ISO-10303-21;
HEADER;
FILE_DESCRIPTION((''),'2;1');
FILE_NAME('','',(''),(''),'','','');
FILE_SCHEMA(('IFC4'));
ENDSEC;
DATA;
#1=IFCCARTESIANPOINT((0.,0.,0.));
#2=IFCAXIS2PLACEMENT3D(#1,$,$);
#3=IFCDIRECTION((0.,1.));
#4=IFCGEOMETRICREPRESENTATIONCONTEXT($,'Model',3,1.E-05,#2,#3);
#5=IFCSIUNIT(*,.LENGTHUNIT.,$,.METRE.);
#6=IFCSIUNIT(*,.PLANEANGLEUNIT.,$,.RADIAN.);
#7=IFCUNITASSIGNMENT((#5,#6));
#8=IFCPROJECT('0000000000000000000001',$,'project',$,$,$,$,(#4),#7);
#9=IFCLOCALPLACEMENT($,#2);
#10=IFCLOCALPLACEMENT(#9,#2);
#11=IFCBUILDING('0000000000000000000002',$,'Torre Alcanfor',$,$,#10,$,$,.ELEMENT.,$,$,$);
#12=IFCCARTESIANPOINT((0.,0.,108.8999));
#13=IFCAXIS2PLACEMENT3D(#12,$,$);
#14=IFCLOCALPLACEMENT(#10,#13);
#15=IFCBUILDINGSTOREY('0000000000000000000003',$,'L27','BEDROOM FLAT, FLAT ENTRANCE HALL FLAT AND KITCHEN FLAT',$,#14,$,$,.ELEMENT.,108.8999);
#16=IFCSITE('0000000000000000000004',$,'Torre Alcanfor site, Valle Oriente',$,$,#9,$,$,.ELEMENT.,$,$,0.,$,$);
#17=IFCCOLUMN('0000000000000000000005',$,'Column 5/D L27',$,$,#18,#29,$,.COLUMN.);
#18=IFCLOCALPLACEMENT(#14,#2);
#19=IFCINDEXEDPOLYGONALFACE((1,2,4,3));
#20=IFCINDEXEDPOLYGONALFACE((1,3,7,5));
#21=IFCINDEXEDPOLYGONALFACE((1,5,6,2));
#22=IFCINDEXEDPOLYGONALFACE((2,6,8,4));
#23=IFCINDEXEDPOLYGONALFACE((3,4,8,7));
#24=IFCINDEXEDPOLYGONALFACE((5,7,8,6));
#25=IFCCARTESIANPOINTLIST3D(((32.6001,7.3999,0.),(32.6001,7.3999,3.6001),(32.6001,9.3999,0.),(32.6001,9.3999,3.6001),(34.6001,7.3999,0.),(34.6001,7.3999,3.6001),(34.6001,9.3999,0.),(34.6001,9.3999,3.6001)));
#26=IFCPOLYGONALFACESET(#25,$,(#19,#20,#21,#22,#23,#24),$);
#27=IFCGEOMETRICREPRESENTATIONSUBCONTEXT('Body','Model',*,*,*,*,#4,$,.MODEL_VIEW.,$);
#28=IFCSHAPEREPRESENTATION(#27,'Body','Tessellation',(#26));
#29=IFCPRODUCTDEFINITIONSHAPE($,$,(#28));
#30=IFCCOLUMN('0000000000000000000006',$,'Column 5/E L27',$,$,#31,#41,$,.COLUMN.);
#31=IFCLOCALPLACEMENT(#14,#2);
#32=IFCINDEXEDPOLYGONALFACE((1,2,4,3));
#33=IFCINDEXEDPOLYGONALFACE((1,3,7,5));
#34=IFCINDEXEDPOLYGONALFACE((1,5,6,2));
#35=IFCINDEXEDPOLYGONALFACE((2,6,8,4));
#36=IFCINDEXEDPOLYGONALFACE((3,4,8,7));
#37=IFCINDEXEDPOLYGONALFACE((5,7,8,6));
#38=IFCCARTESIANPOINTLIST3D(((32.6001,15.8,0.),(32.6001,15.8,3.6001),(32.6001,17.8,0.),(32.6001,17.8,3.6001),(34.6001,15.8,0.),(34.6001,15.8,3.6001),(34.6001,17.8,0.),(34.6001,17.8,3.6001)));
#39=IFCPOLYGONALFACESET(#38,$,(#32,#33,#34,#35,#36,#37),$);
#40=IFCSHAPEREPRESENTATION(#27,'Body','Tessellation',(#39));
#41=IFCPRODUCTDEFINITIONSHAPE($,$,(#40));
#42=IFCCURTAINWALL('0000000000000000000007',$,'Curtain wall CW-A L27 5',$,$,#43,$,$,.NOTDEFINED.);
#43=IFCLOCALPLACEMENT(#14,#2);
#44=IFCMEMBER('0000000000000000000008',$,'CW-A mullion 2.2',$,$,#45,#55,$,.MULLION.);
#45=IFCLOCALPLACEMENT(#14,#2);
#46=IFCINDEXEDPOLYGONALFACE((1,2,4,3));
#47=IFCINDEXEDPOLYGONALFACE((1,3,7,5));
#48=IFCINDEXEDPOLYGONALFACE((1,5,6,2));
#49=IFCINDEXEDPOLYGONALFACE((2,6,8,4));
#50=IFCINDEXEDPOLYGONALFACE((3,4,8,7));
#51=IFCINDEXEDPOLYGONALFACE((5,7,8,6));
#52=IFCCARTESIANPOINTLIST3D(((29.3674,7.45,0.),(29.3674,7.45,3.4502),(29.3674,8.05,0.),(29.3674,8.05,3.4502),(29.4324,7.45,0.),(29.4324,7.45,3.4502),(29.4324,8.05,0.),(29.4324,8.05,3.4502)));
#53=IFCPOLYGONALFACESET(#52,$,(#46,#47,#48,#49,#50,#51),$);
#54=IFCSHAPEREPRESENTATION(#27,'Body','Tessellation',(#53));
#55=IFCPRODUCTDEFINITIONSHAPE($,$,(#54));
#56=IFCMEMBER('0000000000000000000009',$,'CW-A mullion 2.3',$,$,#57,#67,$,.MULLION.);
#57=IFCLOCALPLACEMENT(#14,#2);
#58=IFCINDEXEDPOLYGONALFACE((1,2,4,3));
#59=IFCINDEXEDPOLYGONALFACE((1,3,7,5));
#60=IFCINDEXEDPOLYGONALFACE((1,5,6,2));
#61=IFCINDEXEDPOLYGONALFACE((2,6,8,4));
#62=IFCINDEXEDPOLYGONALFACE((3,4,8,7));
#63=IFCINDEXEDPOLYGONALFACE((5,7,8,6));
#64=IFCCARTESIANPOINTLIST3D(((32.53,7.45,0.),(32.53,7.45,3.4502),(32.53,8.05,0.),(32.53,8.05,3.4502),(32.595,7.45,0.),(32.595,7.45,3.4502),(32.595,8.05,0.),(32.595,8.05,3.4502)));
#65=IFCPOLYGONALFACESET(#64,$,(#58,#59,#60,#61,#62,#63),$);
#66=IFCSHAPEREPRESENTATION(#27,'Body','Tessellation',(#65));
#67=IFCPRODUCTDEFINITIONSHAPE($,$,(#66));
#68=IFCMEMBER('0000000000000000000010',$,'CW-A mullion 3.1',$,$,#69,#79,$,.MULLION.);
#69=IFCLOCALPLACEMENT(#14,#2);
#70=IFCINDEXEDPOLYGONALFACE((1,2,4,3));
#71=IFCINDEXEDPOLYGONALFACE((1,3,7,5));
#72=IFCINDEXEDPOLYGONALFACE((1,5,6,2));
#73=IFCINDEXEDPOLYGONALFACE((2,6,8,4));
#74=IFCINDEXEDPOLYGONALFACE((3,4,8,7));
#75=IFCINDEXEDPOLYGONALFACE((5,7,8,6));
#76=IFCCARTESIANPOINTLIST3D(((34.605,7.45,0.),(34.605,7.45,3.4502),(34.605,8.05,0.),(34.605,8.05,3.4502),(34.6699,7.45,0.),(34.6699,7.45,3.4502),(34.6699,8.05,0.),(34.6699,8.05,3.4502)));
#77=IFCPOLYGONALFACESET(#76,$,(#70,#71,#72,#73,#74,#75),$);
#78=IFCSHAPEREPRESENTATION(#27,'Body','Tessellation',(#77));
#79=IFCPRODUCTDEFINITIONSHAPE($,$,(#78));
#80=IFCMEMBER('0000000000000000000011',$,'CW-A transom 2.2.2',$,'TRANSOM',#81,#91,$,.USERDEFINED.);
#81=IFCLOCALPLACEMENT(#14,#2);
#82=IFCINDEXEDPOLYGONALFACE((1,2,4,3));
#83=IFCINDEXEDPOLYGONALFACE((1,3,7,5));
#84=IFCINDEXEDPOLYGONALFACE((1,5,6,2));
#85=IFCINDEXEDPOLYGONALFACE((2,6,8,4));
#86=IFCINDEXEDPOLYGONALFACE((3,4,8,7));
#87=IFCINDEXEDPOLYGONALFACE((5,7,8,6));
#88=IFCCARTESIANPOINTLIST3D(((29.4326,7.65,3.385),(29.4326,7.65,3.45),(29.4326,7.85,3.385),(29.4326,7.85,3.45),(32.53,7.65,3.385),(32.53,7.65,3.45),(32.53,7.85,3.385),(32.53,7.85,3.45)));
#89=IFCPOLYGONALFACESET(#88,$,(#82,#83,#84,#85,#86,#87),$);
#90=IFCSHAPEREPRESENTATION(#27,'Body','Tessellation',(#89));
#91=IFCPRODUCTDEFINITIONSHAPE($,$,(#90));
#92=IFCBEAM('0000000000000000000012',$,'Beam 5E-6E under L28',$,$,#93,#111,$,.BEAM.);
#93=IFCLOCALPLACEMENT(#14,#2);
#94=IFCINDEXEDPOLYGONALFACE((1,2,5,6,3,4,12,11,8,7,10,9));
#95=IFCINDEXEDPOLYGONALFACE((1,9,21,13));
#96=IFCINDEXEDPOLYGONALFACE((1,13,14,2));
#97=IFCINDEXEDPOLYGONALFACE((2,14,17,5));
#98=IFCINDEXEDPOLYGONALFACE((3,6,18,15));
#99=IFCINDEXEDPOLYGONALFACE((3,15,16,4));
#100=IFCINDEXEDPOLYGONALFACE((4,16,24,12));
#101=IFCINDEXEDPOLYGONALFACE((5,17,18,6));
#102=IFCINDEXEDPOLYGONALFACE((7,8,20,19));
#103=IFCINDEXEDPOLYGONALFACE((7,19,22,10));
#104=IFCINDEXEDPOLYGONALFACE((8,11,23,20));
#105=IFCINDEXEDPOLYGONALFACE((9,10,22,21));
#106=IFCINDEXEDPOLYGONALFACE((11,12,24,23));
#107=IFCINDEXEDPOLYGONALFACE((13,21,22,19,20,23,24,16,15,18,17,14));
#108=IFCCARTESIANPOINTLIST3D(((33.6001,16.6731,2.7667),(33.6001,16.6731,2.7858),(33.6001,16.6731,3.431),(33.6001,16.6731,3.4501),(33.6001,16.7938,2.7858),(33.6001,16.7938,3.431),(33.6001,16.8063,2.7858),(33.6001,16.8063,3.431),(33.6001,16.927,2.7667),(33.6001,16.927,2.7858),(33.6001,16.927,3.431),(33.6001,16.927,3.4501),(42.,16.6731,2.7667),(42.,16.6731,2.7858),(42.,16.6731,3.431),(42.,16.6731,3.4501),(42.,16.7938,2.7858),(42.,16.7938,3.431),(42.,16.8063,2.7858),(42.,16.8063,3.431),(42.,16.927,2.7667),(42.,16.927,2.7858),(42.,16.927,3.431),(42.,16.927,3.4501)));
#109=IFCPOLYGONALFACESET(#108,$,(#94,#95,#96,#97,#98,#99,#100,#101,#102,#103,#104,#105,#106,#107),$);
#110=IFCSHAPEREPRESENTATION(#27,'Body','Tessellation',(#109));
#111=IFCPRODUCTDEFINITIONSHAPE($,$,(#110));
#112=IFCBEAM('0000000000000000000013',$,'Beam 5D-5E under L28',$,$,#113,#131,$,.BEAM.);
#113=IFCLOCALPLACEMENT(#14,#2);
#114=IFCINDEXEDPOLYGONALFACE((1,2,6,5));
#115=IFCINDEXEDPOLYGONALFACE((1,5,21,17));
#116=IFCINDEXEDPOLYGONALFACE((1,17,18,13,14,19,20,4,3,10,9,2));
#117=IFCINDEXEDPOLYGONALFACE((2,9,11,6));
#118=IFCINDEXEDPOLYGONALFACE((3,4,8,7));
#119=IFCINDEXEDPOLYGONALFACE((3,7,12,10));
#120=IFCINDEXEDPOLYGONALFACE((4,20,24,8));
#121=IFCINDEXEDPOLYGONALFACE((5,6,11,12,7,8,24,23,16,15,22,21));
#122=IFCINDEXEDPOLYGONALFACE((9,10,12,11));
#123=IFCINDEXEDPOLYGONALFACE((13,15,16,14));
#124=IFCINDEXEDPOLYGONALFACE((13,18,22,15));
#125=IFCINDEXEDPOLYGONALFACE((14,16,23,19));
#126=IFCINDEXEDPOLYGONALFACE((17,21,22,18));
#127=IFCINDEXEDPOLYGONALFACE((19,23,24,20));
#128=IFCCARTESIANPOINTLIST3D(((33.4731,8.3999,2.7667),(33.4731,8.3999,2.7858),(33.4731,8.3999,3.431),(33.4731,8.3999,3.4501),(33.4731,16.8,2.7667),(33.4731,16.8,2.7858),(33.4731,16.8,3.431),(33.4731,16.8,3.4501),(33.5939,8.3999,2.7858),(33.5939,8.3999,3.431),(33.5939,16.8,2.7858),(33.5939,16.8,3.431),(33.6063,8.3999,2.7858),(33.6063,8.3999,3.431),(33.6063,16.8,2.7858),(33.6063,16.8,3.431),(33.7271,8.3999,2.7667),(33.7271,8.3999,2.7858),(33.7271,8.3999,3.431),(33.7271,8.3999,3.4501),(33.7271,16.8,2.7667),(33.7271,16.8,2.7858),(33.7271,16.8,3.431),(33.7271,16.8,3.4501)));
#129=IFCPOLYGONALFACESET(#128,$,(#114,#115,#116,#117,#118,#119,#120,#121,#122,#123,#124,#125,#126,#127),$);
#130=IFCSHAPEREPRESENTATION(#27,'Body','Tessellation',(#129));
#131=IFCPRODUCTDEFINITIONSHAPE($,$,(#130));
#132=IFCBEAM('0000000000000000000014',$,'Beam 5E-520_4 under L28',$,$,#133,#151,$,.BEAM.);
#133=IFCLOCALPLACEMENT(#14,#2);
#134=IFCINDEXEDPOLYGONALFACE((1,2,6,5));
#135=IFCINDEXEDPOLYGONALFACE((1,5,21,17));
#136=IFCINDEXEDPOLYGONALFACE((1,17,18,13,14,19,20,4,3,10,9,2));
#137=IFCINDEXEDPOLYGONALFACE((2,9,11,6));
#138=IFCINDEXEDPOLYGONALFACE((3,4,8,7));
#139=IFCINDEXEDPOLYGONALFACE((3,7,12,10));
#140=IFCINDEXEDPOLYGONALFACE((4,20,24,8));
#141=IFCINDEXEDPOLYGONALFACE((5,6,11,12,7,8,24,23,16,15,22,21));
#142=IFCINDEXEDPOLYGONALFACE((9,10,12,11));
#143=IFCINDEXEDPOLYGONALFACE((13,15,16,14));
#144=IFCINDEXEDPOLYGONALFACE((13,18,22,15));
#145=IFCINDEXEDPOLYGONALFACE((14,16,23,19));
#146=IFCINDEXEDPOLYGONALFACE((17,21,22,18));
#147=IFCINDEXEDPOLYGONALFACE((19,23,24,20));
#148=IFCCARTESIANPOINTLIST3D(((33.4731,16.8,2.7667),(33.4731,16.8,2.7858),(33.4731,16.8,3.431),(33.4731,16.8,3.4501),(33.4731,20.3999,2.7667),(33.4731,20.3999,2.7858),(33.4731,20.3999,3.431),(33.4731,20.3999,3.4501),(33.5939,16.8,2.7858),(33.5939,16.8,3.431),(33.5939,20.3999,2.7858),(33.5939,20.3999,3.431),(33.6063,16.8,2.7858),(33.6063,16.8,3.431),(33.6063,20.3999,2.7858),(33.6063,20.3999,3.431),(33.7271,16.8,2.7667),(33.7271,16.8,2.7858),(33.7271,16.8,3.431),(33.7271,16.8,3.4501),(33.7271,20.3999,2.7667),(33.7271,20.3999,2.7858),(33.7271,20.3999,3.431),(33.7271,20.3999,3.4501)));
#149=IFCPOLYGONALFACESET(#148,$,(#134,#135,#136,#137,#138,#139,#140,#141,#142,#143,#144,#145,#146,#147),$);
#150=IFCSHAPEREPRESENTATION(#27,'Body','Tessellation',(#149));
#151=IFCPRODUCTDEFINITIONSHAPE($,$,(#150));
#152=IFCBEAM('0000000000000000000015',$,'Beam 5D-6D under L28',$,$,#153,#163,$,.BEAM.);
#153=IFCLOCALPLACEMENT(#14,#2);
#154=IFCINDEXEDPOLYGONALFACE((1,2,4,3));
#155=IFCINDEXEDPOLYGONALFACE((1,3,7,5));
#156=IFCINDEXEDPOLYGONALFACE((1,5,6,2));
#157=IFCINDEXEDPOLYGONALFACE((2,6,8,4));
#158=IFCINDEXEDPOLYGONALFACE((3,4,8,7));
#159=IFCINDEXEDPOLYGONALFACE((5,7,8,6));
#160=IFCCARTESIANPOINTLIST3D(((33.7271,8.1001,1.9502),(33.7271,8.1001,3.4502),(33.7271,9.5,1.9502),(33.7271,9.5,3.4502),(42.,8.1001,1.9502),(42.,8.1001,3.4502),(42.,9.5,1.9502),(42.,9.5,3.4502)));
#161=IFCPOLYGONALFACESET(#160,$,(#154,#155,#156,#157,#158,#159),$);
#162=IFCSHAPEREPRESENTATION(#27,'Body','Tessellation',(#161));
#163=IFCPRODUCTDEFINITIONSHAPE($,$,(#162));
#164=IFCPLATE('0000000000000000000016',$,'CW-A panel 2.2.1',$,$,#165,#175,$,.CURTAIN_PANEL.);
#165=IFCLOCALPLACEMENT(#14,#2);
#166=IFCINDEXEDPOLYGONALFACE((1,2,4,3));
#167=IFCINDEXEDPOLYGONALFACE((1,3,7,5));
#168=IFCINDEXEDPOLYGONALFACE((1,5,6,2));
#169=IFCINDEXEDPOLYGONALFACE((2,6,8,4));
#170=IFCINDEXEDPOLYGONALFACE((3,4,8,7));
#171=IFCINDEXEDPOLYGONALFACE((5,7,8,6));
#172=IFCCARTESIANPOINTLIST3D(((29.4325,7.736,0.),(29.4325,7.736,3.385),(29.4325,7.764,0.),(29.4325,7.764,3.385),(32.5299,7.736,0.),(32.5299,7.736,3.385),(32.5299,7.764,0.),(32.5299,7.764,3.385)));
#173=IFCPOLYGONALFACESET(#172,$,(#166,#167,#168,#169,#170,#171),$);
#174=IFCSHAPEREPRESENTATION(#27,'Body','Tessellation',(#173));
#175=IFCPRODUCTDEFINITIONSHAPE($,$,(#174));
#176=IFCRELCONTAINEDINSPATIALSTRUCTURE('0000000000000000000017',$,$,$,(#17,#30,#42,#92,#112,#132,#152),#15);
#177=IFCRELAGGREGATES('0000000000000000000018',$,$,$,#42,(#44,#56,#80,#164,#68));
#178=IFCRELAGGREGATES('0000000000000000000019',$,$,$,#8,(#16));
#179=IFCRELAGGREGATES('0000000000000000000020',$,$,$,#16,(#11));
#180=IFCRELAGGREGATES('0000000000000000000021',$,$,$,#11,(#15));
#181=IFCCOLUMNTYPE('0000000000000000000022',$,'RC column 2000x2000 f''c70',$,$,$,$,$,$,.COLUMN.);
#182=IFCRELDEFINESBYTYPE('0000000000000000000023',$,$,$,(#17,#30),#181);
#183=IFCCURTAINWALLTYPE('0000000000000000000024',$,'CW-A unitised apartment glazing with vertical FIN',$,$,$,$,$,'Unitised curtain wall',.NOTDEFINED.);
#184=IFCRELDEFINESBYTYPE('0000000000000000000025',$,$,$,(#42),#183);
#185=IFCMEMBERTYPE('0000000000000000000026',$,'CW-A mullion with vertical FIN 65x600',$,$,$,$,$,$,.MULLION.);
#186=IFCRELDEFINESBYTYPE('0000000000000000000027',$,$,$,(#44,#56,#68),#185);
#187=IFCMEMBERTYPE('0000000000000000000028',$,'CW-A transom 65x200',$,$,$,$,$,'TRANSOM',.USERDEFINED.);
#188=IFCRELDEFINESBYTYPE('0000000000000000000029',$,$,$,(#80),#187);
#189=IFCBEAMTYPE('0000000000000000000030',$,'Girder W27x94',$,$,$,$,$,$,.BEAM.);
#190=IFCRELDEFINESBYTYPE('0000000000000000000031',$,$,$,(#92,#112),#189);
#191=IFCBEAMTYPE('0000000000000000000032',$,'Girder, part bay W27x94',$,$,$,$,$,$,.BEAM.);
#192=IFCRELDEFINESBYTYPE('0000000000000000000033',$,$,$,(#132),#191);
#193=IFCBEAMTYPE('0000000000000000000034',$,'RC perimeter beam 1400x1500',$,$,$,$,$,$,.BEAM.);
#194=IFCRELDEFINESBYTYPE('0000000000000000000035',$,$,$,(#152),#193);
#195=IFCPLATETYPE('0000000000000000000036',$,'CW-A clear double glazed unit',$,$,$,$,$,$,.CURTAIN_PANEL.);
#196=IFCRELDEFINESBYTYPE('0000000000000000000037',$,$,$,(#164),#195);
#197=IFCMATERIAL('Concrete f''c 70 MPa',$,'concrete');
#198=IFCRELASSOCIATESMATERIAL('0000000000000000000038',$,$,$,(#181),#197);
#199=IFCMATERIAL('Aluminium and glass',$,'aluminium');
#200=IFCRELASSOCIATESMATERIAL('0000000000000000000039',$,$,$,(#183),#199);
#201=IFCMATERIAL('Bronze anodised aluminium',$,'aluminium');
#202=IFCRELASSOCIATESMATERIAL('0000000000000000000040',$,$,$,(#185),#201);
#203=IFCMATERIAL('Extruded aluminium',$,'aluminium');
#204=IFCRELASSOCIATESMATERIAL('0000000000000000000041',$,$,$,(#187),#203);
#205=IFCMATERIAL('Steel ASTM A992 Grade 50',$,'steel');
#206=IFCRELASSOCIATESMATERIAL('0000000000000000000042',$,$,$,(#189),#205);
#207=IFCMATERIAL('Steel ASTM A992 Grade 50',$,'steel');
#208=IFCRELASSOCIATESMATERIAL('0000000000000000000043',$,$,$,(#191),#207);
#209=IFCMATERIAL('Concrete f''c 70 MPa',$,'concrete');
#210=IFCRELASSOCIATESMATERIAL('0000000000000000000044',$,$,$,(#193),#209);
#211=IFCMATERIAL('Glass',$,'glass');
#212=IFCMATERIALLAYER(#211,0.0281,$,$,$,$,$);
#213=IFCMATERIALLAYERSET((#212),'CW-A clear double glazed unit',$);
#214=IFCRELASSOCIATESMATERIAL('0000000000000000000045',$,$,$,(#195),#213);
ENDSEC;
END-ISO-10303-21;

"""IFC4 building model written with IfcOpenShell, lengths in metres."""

from ifc_helpers import new_model, si_unit, direction, frame, origin, origin_2d, place, context, subcontext, project, spatial, rectangle, i_section, extrude, material, layer, layer_set, material_profile, profile_set, type_object, element, aggregate, save


model = new_model("IFC4")

# Units and contexts
model_context = context("Model", 3, precision=1e-05, world=origin(), true_north=direction((0.0, 1.0)))
body_context = subcontext(model_context, "Body", "Model", "MODEL_VIEW")
ifc_project = project(units=[si_unit("LENGTHUNIT", "METRE"), si_unit("PLANEANGLEUNIT", "RADIAN")], contexts=[model_context])

# Site, building, storey
site_placement = place(None, origin())
site = spatial("IfcSite", under=ifc_project, at=site_placement, Name="Torre Alcanfor site, Valle Oriente", CompositionType="ELEMENT", RefElevation=0.0)
building_placement = place(site_placement, origin())
building = spatial("IfcBuilding", under=site, at=building_placement, Name="Torre Alcanfor", CompositionType="ELEMENT")
storey_placement = place(building_placement, frame((0.0, 0.0, 108.8999)))
storey = spatial("IfcBuildingStorey", under=building, at=storey_placement, Name="L27", Description="BEDROOM FLAT, FLAT ENTRANCE HALL FLAT AND KITCHEN FLAT", CompositionType="ELEMENT", Elevation=108.8999)

# Columns
ifc_material_1 = material(Name="Concrete f'c 70 MPa", Category="concrete")
ifc_material_profile_1 = material_profile(ifc_material_1, rectangle(XDim=2.0, YDim=2.0, at=origin_2d()), Name="2000x2000")
ifc_profile_set_1 = profile_set([ifc_material_profile_1], Name="Concrete f'c 70 MPa")
column_type = type_object("IfcColumnType", Name="RC column 2000x2000 f'c70", PredefinedType="COLUMN", material=ifc_profile_set_1)
for number, where, z_axis, x_axis, name in (
    (1, (33.6001, 8.3999, 0.0), (0.0, 0.0, 1.0), (1.0, 0.0, 0.0), "Column 5/D L27"),
    (2, (33.6001, 16.8, 0.0), (0.0, 0.0, 1.0), (1.0, 0.0, 0.0), "Column 5/E L27"),
):
    element("IfcColumn", number, at=place(storey_placement, frame(where, z_axis=z_axis, x_axis=x_axis)), inside=storey, type_object=column_type, Name=name, PredefinedType="COLUMN", context=body_context, shape_type="SweptSolid", body=[
        extrude(rectangle(XDim=2.0, YDim=2.0, at=origin_2d()), origin(), (0.0, 0.0, 1.0), 3.6001),
    ])

# Curtain wall, members
ifc_material_2 = material(Name="Aluminium and glass", Category="aluminium")
curtain_wall_type = type_object("IfcCurtainWallType", Name="CW-A unitised apartment glazing with vertical FIN", ElementType="Unitised curtain wall", PredefinedType="NOTDEFINED", material=ifc_material_2)
curtain_wall_placement = place(storey_placement, origin())
curtain_wall = element("IfcCurtainWall", 3, at=curtain_wall_placement, inside=storey, type_object=curtain_wall_type, Name="Curtain wall CW-A L27 5", PredefinedType="NOTDEFINED")
ifc_material_3 = material(Name="Bronze anodised aluminium", Category="aluminium")
ifc_material_profile_2 = material_profile(ifc_material_3, rectangle(XDim=0.6001, YDim=0.0649, at=origin_2d()), Name="CW-A mullion 65x600")
ifc_profile_set_2 = profile_set([ifc_material_profile_2], Name="Bronze anodised aluminium")
member_type_1 = type_object("IfcMemberType", Name="CW-A mullion with vertical FIN 65x600", PredefinedType="MULLION", material=ifc_profile_set_2)
member_1_placement = place(storey_placement, frame((29.3999, 7.75, 0.0), z_axis=(0.0, 0.0, 1.0), x_axis=(0.0, 1.0, 0.0)))
member_1 = element("IfcMember", 4, at=member_1_placement, type_object=member_type_1, Name="CW-A mullion 2.2", PredefinedType="MULLION", context=body_context, shape_type="SweptSolid", body=[
    extrude(rectangle(XDim=0.6001, YDim=0.0649, at=origin_2d()), origin(), (0.0, 0.0, 1.0), 3.4502),
])
member_2_placement = place(storey_placement, frame((32.5625, 7.75, 0.0), z_axis=(0.0, 0.0, 1.0), x_axis=(0.0, 1.0, 0.0)))
member_2 = element("IfcMember", 5, at=member_2_placement, type_object=member_type_1, Name="CW-A mullion 2.3", PredefinedType="MULLION", context=body_context, shape_type="SweptSolid", body=[
    extrude(rectangle(XDim=0.6001, YDim=0.0649, at=origin_2d()), origin(), (0.0, 0.0, 1.0), 3.4502),
])
member_3_placement = place(storey_placement, frame((34.6375, 7.75, 0.0), z_axis=(0.0, 0.0, 1.0), x_axis=(0.0, 1.0, 0.0)))
member_3 = element("IfcMember", 6, at=member_3_placement, type_object=member_type_1, Name="CW-A mullion 3.1", PredefinedType="MULLION", context=body_context, shape_type="SweptSolid", body=[
    extrude(rectangle(XDim=0.6001, YDim=0.0649, at=origin_2d()), origin(), (0.0, 0.0, 1.0), 3.4502),
])
ifc_material_4 = material(Name="Extruded aluminium", Category="aluminium")
ifc_material_profile_3 = material_profile(ifc_material_4, rectangle(XDim=0.2, YDim=0.0649, at=origin_2d()), Name="CW-A transom 200x65")
ifc_profile_set_3 = profile_set([ifc_material_profile_3], Name="Extruded aluminium")
member_type_2 = type_object("IfcMemberType", Name="CW-A transom 65x200", ElementType="TRANSOM", PredefinedType="USERDEFINED", material=ifc_profile_set_3)
member_4_placement = place(storey_placement, frame((29.4326, 7.75, 3.4175), z_axis=(1.0, 0.0, 0.0), x_axis=(0.0, 1.0, 0.0)))
member_4 = element("IfcMember", 7, at=member_4_placement, type_object=member_type_2, Name="CW-A transom 2.2.2", ObjectType="TRANSOM", PredefinedType="USERDEFINED", context=body_context, shape_type="SweptSolid", body=[
    extrude(rectangle(XDim=0.2, YDim=0.0649, at=origin_2d()), origin(), (0.0, 0.0, 1.0), 3.0974),
])

# Beams
ifc_material_5 = material(Name="Steel ASTM A992 Grade 50", Category="steel")
ifc_material_profile_4 = material_profile(ifc_material_5, i_section(OverallWidth=0.2539, OverallDepth=0.6833, WebThickness=0.0125, FlangeThickness=0.019, at=origin_2d()), Name="W27x94")
ifc_profile_set_4 = profile_set([ifc_material_profile_4], Name="Steel ASTM A992 Grade 50")
beam_type_1 = type_object("IfcBeamType", Name="Girder W27x94", PredefinedType="BEAM", material=ifc_profile_set_4)
beam_1_placement = place(storey_placement, frame((33.6001, 16.8, 3.1084), z_axis=(1.0, 0.0, 0.0), x_axis=(0.0, 1.0, 0.0)))
element("IfcBeam", 8, at=beam_1_placement, inside=storey, type_object=beam_type_1, Name="Beam 5E-6E under L28", PredefinedType="BEAM", context=body_context, shape_type="SweptSolid", body=[
    extrude(i_section(OverallWidth=0.2539, OverallDepth=0.6833, WebThickness=0.0125, FlangeThickness=0.019, at=origin_2d()), origin(), (0.0, 0.0, 1.0), 8.3999),
])
beam_2_placement = place(storey_placement, frame((33.6001, 8.3999, 3.1084), z_axis=(0.0, 1.0, 0.0), x_axis=(-1.0, 0.0, 0.0)))
element("IfcBeam", 9, at=beam_2_placement, inside=storey, type_object=beam_type_1, Name="Beam 5D-5E under L28", PredefinedType="BEAM", context=body_context, shape_type="SweptSolid", body=[
    extrude(i_section(OverallWidth=0.2539, OverallDepth=0.6833, WebThickness=0.0125, FlangeThickness=0.019, at=origin_2d()), origin(), (0.0, 0.0, 1.0), 8.4001),
])
ifc_material_6 = material(Name="Steel ASTM A992 Grade 50", Category="steel")
ifc_material_profile_5 = material_profile(ifc_material_6, i_section(OverallWidth=0.2539, OverallDepth=0.6833, WebThickness=0.0125, FlangeThickness=0.019, at=origin_2d()), Name="W27x94")
ifc_profile_set_5 = profile_set([ifc_material_profile_5], Name="Steel ASTM A992 Grade 50")
beam_type_2 = type_object("IfcBeamType", Name="Girder, part bay W27x94", PredefinedType="BEAM", material=ifc_profile_set_5)
beam_3_placement = place(storey_placement, frame((33.6001, 16.8, 3.1084), z_axis=(0.0, 1.0, 0.0), x_axis=(-1.0, 0.0, 0.0)))
element("IfcBeam", 10, at=beam_3_placement, inside=storey, type_object=beam_type_2, Name="Beam 5E-520_4 under L28", PredefinedType="BEAM", context=body_context, shape_type="SweptSolid", body=[
    extrude(i_section(OverallWidth=0.2539, OverallDepth=0.6833, WebThickness=0.0125, FlangeThickness=0.019, at=origin_2d()), origin(), (0.0, 0.0, 1.0), 3.5999),
])
ifc_material_7 = material(Name="Concrete f'c 70 MPa", Category="concrete")
ifc_material_profile_6 = material_profile(ifc_material_7, rectangle(XDim=1.3999, YDim=1.5, at=origin_2d()), Name="1400x1500")
ifc_profile_set_6 = profile_set([ifc_material_profile_6], Name="Concrete f'c 70 MPa")
beam_type_3 = type_object("IfcBeamType", Name="RC perimeter beam 1400x1500", PredefinedType="BEAM", material=ifc_profile_set_6)
beam_4_placement = place(storey_placement, frame((33.7271, 8.8, 2.7002), z_axis=(1.0, 0.0, 0.0), x_axis=(0.0, 1.0, 0.0)))
element("IfcBeam", 11, at=beam_4_placement, inside=storey, type_object=beam_type_3, Name="Beam 5D-6D under L28", PredefinedType="BEAM", context=body_context, shape_type="SweptSolid", body=[
    extrude(rectangle(XDim=1.3999, YDim=1.5, at=origin_2d()), origin(), (0.0, 0.0, 1.0), 8.2729),
])

# Plate
ifc_material_8 = material(Name="Glass", Category="glass")
ifc_layer_1 = layer(ifc_material_8, 0.0281)
ifc_layer_set_1 = layer_set([ifc_layer_1], Name="CW-A clear double glazed unit")
plate_type = type_object("IfcPlateType", Name="CW-A clear double glazed unit", PredefinedType="CURTAIN_PANEL", material=ifc_layer_set_1)
plate_placement = place(storey_placement, frame((30.9812, 7.75, 0.0), z_axis=(0.0, 0.0, 1.0), x_axis=(1.0, 0.0, 0.0)))
plate = element("IfcPlate", 12, at=plate_placement, type_object=plate_type, Name="CW-A panel 2.2.1", PredefinedType="CURTAIN_PANEL", context=body_context, shape_type="SweptSolid", body=[
    extrude(rectangle(XDim=3.0974, YDim=0.0281, at=origin_2d()), origin(), (0.0, 0.0, 1.0), 3.385),
])
aggregate(curtain_wall, [member_1, member_2, member_4, plate, member_3])

save(model, "model.ifc")
